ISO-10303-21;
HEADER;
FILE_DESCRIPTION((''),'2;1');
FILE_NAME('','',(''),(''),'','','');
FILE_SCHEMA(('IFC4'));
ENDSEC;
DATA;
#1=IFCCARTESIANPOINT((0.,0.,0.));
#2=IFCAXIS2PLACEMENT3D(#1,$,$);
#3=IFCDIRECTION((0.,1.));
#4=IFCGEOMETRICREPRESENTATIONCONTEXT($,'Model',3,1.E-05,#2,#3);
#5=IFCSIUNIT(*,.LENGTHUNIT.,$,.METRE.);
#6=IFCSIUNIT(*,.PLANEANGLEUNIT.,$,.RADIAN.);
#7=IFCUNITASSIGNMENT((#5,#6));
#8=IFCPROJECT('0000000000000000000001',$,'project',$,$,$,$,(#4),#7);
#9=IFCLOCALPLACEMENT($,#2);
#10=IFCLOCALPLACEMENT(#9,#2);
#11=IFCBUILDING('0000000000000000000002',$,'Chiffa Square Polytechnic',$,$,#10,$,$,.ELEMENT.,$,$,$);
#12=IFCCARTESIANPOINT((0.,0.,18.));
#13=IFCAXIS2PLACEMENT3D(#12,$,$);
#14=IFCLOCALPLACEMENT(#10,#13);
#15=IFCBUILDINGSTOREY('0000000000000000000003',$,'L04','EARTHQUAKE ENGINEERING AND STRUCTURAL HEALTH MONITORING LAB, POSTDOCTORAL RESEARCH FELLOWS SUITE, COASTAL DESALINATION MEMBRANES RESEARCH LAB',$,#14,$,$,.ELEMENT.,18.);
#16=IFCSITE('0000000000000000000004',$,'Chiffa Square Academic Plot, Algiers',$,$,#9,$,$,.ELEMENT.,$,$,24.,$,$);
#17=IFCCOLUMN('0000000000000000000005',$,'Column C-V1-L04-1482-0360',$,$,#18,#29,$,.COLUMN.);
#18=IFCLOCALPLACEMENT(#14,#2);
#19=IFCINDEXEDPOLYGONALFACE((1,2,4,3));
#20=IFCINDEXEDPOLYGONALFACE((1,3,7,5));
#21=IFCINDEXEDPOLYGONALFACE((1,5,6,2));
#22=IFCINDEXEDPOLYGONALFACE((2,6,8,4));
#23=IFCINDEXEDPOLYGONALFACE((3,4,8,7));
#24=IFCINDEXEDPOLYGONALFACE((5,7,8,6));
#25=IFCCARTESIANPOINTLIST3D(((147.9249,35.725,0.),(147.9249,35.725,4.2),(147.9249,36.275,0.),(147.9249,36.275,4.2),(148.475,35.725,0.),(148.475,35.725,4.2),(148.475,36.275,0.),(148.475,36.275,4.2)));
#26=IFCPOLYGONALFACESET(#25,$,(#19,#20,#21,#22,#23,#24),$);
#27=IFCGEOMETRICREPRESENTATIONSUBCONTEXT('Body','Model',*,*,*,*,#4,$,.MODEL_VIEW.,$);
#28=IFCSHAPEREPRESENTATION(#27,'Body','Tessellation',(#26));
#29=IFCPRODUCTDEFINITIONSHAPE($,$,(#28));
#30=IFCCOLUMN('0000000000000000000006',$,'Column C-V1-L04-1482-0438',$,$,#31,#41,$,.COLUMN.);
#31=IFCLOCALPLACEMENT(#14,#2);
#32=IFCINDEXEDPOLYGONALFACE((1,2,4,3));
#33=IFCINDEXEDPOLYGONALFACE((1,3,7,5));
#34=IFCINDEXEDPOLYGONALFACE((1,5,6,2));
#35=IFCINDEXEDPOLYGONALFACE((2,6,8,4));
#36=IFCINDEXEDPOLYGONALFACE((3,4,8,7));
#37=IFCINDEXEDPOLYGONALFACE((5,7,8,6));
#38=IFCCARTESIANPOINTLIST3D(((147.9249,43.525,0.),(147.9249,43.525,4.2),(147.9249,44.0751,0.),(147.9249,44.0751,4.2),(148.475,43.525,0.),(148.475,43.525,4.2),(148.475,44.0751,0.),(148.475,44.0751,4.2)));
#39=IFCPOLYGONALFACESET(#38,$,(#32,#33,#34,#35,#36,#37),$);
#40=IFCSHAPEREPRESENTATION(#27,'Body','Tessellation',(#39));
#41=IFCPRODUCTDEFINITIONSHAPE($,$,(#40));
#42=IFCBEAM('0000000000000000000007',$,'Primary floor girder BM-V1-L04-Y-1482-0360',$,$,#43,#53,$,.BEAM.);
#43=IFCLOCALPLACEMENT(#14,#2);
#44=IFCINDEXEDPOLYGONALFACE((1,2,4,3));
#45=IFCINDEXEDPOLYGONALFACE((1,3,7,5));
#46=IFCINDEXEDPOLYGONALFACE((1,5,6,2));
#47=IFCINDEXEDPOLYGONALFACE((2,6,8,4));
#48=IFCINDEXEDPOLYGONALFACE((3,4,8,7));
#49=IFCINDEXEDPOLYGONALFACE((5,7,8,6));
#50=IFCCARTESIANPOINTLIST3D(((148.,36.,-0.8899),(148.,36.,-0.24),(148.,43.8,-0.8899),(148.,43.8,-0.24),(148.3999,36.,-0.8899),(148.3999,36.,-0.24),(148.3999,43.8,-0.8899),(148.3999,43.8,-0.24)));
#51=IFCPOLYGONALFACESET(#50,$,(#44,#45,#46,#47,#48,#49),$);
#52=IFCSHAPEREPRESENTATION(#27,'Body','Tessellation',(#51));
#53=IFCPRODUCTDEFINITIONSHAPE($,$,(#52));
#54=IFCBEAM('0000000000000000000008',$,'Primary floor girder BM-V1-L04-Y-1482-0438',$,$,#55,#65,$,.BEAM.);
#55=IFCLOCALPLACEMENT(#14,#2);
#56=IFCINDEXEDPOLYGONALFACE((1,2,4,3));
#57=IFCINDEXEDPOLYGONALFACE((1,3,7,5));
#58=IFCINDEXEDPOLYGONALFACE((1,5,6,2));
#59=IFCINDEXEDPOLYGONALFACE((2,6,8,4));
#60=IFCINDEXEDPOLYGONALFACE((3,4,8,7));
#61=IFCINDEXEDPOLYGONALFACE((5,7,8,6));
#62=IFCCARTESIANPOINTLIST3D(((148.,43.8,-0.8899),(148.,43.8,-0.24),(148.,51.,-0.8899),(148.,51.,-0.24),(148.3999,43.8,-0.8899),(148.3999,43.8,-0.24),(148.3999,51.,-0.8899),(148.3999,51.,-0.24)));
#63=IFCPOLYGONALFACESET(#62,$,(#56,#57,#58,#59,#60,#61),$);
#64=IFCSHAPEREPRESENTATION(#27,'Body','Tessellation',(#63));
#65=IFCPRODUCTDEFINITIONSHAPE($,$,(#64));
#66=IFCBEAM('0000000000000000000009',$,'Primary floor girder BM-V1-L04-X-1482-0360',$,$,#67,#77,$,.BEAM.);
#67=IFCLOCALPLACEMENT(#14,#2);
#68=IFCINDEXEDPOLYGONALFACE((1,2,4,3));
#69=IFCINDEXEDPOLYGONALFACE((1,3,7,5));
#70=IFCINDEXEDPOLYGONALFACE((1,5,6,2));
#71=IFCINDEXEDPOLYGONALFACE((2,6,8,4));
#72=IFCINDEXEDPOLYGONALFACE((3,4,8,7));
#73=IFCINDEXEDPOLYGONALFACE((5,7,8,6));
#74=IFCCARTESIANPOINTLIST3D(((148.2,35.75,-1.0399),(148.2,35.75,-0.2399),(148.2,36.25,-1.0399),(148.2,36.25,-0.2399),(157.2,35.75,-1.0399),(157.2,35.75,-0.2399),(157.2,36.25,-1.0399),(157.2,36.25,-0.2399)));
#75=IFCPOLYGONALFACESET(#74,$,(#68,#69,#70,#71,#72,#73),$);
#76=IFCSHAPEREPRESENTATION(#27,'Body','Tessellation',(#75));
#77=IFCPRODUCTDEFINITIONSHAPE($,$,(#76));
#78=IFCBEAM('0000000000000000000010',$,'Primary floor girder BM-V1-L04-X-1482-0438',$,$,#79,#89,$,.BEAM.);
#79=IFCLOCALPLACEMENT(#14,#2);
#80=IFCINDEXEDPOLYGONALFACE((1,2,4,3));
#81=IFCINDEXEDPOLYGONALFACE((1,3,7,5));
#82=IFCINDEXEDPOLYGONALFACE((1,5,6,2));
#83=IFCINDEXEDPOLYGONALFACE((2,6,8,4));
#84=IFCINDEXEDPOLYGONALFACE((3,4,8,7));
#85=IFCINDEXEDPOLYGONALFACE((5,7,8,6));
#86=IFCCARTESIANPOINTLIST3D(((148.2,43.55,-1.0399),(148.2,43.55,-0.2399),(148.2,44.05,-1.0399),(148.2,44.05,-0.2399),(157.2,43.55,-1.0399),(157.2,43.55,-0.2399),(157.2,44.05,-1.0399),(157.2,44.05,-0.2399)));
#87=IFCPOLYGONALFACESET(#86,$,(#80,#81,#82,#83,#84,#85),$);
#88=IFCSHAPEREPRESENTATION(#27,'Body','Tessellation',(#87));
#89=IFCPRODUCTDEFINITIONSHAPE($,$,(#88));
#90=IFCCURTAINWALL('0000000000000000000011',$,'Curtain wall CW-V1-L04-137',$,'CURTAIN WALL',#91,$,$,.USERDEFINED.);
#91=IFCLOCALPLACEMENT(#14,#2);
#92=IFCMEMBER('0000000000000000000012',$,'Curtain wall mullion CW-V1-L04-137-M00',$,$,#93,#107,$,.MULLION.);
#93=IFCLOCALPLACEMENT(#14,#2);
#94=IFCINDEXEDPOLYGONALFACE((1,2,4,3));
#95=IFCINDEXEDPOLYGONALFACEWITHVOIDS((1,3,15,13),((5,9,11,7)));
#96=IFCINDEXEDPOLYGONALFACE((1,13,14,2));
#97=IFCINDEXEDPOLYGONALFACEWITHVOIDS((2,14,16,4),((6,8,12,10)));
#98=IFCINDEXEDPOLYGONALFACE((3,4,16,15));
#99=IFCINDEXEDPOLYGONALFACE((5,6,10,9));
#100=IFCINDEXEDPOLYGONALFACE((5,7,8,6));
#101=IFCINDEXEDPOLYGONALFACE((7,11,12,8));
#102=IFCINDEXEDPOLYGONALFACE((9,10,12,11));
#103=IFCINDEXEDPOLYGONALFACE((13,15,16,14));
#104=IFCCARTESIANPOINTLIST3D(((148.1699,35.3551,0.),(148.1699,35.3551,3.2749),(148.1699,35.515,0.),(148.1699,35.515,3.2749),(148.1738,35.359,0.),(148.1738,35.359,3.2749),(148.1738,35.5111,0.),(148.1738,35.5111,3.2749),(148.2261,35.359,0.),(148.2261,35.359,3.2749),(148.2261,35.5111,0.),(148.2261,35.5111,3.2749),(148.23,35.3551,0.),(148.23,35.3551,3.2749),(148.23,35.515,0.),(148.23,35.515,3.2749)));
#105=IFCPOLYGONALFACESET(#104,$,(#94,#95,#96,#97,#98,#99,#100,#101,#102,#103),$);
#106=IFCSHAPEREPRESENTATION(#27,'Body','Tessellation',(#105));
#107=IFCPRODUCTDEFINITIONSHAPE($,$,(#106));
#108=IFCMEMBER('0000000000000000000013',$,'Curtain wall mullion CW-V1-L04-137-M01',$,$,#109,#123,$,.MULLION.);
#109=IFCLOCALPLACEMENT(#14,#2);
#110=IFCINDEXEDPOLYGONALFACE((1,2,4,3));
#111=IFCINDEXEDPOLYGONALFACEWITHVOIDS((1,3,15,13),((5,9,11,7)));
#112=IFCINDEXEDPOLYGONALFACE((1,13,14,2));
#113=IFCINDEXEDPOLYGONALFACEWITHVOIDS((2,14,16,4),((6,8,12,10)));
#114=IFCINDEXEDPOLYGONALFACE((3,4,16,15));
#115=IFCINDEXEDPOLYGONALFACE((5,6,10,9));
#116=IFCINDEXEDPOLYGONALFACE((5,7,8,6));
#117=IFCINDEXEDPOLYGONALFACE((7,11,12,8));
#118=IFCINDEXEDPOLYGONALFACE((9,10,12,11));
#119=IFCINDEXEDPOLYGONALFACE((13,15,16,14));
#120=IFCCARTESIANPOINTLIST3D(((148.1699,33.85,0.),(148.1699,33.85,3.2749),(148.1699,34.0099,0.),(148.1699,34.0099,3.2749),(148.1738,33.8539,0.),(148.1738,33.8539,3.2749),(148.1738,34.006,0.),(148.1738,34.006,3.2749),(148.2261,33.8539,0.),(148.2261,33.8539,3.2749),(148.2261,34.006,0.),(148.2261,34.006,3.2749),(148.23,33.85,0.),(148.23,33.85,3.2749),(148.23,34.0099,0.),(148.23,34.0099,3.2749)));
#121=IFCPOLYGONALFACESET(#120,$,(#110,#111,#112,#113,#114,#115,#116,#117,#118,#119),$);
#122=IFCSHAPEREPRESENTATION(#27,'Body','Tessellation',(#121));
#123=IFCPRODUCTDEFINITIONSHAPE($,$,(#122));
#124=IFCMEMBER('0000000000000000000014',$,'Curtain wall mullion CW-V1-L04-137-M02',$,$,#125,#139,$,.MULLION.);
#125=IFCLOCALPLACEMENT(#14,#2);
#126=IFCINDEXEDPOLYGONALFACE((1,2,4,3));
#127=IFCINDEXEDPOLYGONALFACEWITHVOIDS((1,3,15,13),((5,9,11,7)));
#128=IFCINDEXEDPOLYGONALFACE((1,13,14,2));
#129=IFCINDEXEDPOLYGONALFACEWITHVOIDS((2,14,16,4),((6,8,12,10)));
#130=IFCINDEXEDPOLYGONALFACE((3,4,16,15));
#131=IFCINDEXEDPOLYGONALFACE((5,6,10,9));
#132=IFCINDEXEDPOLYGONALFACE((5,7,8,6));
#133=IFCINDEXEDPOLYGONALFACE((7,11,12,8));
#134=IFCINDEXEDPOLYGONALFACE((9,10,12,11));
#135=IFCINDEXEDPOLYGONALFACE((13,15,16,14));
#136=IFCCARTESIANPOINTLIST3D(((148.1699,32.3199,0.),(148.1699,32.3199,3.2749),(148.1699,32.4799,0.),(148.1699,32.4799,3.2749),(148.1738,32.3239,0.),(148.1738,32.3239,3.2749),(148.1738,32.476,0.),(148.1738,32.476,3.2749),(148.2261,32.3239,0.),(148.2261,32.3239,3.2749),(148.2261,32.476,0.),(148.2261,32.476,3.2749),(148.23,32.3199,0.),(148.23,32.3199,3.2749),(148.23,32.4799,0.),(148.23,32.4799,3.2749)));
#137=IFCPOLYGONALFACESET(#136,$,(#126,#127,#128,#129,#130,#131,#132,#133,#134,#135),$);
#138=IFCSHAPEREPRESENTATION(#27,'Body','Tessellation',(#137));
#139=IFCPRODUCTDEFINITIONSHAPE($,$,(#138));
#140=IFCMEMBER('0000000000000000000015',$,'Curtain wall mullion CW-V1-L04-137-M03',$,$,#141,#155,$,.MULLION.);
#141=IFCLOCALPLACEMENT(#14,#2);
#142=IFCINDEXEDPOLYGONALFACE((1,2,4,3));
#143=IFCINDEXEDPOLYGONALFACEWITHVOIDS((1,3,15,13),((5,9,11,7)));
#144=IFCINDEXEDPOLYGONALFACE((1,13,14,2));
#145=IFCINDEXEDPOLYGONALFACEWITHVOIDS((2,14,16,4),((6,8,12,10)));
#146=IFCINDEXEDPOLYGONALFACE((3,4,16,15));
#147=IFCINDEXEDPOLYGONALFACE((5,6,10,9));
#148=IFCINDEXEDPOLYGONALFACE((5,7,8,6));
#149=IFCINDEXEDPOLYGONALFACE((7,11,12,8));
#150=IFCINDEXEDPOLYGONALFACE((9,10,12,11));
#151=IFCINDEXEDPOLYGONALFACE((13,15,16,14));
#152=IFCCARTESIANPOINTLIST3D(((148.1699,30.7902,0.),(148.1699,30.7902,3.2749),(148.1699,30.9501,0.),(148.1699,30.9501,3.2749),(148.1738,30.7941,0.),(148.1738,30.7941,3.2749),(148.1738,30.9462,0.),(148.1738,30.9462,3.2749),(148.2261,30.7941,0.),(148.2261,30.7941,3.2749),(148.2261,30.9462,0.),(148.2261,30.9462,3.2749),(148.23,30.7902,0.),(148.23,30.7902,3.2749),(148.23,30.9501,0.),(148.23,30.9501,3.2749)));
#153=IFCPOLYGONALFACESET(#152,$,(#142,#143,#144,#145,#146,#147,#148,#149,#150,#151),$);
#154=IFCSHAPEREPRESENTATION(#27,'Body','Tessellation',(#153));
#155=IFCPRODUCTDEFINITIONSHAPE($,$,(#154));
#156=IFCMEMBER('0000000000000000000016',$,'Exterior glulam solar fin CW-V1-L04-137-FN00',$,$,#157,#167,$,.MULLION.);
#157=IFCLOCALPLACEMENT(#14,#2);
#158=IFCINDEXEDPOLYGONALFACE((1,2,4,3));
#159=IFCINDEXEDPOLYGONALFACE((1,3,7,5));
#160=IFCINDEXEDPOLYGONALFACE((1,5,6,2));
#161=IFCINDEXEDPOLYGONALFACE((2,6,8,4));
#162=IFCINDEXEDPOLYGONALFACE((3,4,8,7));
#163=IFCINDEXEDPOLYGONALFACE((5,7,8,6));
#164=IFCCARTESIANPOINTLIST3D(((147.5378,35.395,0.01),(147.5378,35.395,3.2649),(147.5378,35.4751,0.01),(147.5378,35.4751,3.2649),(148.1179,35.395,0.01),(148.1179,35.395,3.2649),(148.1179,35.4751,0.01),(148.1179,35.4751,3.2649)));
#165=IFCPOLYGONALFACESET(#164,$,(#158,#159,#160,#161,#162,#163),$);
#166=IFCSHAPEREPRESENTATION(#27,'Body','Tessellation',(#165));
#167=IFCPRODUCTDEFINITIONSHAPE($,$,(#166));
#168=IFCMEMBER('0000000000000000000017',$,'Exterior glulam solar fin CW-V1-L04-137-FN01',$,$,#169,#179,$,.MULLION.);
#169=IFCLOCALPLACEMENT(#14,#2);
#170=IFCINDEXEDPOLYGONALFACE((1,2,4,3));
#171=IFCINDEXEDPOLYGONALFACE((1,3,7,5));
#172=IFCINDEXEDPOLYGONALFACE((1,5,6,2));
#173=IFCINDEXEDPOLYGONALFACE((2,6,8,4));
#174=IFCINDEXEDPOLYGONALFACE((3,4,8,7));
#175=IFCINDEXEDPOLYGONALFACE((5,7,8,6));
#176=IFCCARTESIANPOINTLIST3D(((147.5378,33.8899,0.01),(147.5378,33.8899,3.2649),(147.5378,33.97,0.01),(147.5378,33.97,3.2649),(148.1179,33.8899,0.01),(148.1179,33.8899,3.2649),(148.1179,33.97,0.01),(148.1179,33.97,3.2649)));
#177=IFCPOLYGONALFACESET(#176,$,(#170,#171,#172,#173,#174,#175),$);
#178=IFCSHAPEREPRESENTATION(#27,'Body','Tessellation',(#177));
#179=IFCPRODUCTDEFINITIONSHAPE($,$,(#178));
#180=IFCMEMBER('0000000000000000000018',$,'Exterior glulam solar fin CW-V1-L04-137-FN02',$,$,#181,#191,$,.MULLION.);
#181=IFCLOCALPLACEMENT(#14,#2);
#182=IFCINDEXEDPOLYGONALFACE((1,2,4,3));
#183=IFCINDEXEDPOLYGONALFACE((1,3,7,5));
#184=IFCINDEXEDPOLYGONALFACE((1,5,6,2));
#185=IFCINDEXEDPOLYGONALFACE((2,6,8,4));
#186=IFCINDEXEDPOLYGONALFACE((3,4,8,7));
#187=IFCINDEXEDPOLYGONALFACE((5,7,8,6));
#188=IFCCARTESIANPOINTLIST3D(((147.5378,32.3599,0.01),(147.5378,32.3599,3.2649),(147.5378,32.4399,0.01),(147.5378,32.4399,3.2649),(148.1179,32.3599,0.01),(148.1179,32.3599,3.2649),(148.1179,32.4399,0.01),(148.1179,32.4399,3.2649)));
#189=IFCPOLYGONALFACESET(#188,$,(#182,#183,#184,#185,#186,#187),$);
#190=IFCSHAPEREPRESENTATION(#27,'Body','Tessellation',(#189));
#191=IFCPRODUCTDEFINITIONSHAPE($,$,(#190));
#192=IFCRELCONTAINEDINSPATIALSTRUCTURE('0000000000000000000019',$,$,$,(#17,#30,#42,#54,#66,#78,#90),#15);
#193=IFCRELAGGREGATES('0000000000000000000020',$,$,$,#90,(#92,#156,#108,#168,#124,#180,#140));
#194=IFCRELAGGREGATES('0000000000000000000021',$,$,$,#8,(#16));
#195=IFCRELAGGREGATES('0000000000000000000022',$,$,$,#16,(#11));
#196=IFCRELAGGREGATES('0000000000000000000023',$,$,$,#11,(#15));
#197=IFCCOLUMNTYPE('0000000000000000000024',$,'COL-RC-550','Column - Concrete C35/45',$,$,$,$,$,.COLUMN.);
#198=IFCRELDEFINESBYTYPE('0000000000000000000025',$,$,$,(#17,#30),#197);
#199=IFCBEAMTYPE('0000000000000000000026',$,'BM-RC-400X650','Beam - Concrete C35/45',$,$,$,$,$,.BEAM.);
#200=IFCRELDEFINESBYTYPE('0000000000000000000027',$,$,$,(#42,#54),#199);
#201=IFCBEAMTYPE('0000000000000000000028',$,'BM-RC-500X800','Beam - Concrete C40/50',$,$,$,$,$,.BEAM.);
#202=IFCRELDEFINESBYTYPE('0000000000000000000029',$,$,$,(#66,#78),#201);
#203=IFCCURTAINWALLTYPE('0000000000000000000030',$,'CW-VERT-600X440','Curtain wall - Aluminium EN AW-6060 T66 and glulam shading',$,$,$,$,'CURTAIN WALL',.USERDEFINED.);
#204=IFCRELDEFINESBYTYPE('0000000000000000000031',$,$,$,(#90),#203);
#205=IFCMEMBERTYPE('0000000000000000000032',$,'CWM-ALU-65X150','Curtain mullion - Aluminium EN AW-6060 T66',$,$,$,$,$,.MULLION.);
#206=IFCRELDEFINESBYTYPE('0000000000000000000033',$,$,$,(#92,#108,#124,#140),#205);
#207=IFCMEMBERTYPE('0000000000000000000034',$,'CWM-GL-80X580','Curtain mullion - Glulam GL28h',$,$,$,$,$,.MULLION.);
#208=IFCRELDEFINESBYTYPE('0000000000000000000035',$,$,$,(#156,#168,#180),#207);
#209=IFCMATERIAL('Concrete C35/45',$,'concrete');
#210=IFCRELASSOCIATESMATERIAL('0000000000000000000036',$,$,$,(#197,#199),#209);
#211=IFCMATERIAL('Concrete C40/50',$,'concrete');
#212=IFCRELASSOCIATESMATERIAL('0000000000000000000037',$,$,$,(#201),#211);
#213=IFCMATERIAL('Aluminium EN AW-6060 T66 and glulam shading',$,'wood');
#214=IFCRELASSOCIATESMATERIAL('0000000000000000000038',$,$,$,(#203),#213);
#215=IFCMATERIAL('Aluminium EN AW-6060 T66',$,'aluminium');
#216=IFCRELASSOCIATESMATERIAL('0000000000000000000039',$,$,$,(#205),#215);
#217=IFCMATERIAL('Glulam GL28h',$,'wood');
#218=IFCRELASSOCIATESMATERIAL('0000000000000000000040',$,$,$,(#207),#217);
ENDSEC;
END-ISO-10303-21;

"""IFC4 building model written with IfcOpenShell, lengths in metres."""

from ifc_helpers import new_model, si_unit, direction, frame, origin, origin_2d, place, context, subcontext, project, spatial, rectangle, hollow_rectangle, extrude, material, material_profile, profile_set, type_object, element, aggregate, save


model = new_model("IFC4")

# Units and contexts
model_context = context("Model", 3, precision=1e-05, world=origin(), true_north=direction((0.0, 1.0)))
body_context = subcontext(model_context, "Body", "Model", "MODEL_VIEW")
ifc_project = project(units=[si_unit("LENGTHUNIT", "METRE"), si_unit("PLANEANGLEUNIT", "RADIAN")], contexts=[model_context])

# Site, building, storey
site_placement = place(None, origin())
site = spatial("IfcSite", under=ifc_project, at=site_placement, Name="Chiffa Square Academic Plot, Algiers", CompositionType="ELEMENT", RefElevation=24.0)
building_placement = place(site_placement, origin())
building = spatial("IfcBuilding", under=site, at=building_placement, Name="Chiffa Square Polytechnic", CompositionType="ELEMENT")
storey_placement = place(building_placement, frame((0.0, 0.0, 18.0)))
storey = spatial("IfcBuildingStorey", under=building, at=storey_placement, Name="L04", Description="EARTHQUAKE ENGINEERING AND STRUCTURAL HEALTH MONITORING LAB, POSTDOCTORAL RESEARCH FELLOWS SUITE, COASTAL DESALINATION MEMBRANES RESEARCH LAB", CompositionType="ELEMENT", Elevation=18.0)

# Columns
ifc_material_1 = material(Name="Concrete C35/45", Category="concrete")
ifc_material_profile_1 = material_profile(ifc_material_1, rectangle(XDim=0.55, YDim=0.55, at=origin_2d()), Name="RC 550x550")
ifc_profile_set_1 = profile_set([ifc_material_profile_1], Name="Concrete C35/45")
column_type = type_object("IfcColumnType", Name="COL-RC-550", Description="Column - Concrete C35/45", PredefinedType="COLUMN", material=ifc_profile_set_1)
for number, where, z_axis, x_axis, name in (
    (1, (148.2, 36.0, 0.0), (0.0, 0.0, 1.0), (1.0, 0.0, 0.0), "Column C-V1-L04-1482-0360"),
    (2, (148.2, 43.8, 0.0), (0.0, 0.0, 1.0), (1.0, 0.0, 0.0), "Column C-V1-L04-1482-0438"),
):
    element("IfcColumn", number, at=place(storey_placement, frame(where, z_axis=z_axis, x_axis=x_axis)), inside=storey, type_object=column_type, Name=name, PredefinedType="COLUMN", context=body_context, shape_type="SweptSolid", body=[
        extrude(rectangle(XDim=0.55, YDim=0.55, at=origin_2d()), origin(), (0.0, 0.0, 1.0), 4.2),
    ])

# Beams
ifc_material_profile_2 = material_profile(ifc_material_1, rectangle(XDim=0.3999, YDim=0.6499, at=origin_2d()), Name="RC 400x650")
ifc_profile_set_2 = profile_set([ifc_material_profile_2], Name="Concrete C35/45")
beam_type_1 = type_object("IfcBeamType", Name="BM-RC-400X650", Description="Beam - Concrete C35/45", PredefinedType="BEAM", material=ifc_profile_set_2)
beam_1_placement = place(storey_placement, frame((148.2, 36.0, -0.5649), z_axis=(0.0, 1.0, 0.0), x_axis=(-1.0, 0.0, 0.0)))
element("IfcBeam", 3, at=beam_1_placement, inside=storey, type_object=beam_type_1, Name="Primary floor girder BM-V1-L04-Y-1482-0360", PredefinedType="BEAM", context=body_context, shape_type="SweptSolid", body=[
    extrude(rectangle(XDim=0.3999, YDim=0.6499, at=origin_2d()), origin(), (0.0, 0.0, 1.0), 7.8),
])
beam_2_placement = place(storey_placement, frame((148.2, 43.8, -0.5649), z_axis=(0.0, 1.0, 0.0), x_axis=(-1.0, 0.0, 0.0)))
element("IfcBeam", 4, at=beam_2_placement, inside=storey, type_object=beam_type_1, Name="Primary floor girder BM-V1-L04-Y-1482-0438", PredefinedType="BEAM", context=body_context, shape_type="SweptSolid", body=[
    extrude(rectangle(XDim=0.3999, YDim=0.6499, at=origin_2d()), origin(), (0.0, 0.0, 1.0), 7.2),
])
ifc_material_2 = material(Name="Concrete C40/50", Category="concrete")
ifc_material_profile_3 = material_profile(ifc_material_2, rectangle(XDim=0.5, YDim=0.8, at=origin_2d()), Name="RC 500x800")
ifc_profile_set_3 = profile_set([ifc_material_profile_3], Name="Concrete C40/50")
beam_type_2 = type_object("IfcBeamType", Name="BM-RC-500X800", Description="Beam - Concrete C40/50", PredefinedType="BEAM", material=ifc_profile_set_3)
for number, where, z_axis, x_axis, name in (
    (5, (148.2, 36.0, -0.6399), (1.0, 0.0, 0.0), (0.0, 1.0, 0.0), "Primary floor girder BM-V1-L04-X-1482-0360"),
    (6, (148.2, 43.8, -0.6399), (1.0, 0.0, 0.0), (0.0, 1.0, 0.0), "Primary floor girder BM-V1-L04-X-1482-0438"),
):
    element("IfcBeam", number, at=place(storey_placement, frame(where, z_axis=z_axis, x_axis=x_axis)), inside=storey, type_object=beam_type_2, Name=name, PredefinedType="BEAM", context=body_context, shape_type="SweptSolid", body=[
        extrude(rectangle(XDim=0.5, YDim=0.8, at=origin_2d()), origin(), (0.0, 0.0, 1.0), 9.0),
    ])

# Curtain wall, members
ifc_material_3 = material(Name="Aluminium EN AW-6060 T66 and glulam shading", Category="wood")
curtain_wall_type = type_object("IfcCurtainWallType", Name="CW-VERT-600X440", Description="Curtain wall - Aluminium EN AW-6060 T66 and glulam shading", ElementType="CURTAIN WALL", PredefinedType="USERDEFINED", material=ifc_material_3)
curtain_wall_placement = place(storey_placement, origin())
curtain_wall = element("IfcCurtainWall", 7, at=curtain_wall_placement, inside=storey, type_object=curtain_wall_type, Name="Curtain wall CW-V1-L04-137", ObjectType="CURTAIN WALL", PredefinedType="USERDEFINED")
ifc_material_4 = material(Name="Aluminium EN AW-6060 T66", Category="aluminium")
ifc_material_profile_4 = material_profile(ifc_material_4, hollow_rectangle(XDim=0.0601, YDim=0.1599, WallThickness=0.0039, at=origin_2d()), Name="ALU 60x160x4")
ifc_profile_set_4 = profile_set([ifc_material_profile_4], Name="Aluminium EN AW-6060 T66")
member_type_1 = type_object("IfcMemberType", Name="CWM-ALU-65X150", Description="Curtain mullion - Aluminium EN AW-6060 T66", PredefinedType="MULLION", material=ifc_profile_set_4)
member_1_placement = place(storey_placement, frame((148.2, 35.4351, 0.0), z_axis=(0.0, 0.0, 1.0), x_axis=(1.0, 0.0, 0.0)))
member_1 = element("IfcMember", 8, at=member_1_placement, type_object=member_type_1, Name="Curtain wall mullion CW-V1-L04-137-M00", PredefinedType="MULLION", context=body_context, shape_type="SweptSolid", body=[
    extrude(hollow_rectangle(XDim=0.0601, YDim=0.1599, WallThickness=0.0039, at=origin_2d()), origin(), (0.0, 0.0, 1.0), 3.2749),
])
member_2_placement = place(storey_placement, frame((148.2, 33.9299, 0.0), z_axis=(0.0, 0.0, 1.0), x_axis=(1.0, 0.0, 0.0)))
member_2 = element("IfcMember", 9, at=member_2_placement, type_object=member_type_1, Name="Curtain wall mullion CW-V1-L04-137-M01", PredefinedType="MULLION", context=body_context, shape_type="SweptSolid", body=[
    extrude(hollow_rectangle(XDim=0.0601, YDim=0.1599, WallThickness=0.0039, at=origin_2d()), origin(), (0.0, 0.0, 1.0), 3.2749),
])
member_3_placement = place(storey_placement, frame((148.2, 32.3999, 0.0), z_axis=(0.0, 0.0, 1.0), x_axis=(1.0, 0.0, 0.0)))
member_3 = element("IfcMember", 10, at=member_3_placement, type_object=member_type_1, Name="Curtain wall mullion CW-V1-L04-137-M02", PredefinedType="MULLION", context=body_context, shape_type="SweptSolid", body=[
    extrude(hollow_rectangle(XDim=0.0601, YDim=0.1599, WallThickness=0.0039, at=origin_2d()), origin(), (0.0, 0.0, 1.0), 3.2749),
])
member_4_placement = place(storey_placement, frame((148.2, 30.8701, 0.0), z_axis=(0.0, 0.0, 1.0), x_axis=(1.0, 0.0, 0.0)))
member_4 = element("IfcMember", 11, at=member_4_placement, type_object=member_type_1, Name="Curtain wall mullion CW-V1-L04-137-M03", PredefinedType="MULLION", context=body_context, shape_type="SweptSolid", body=[
    extrude(hollow_rectangle(XDim=0.0601, YDim=0.1599, WallThickness=0.0039, at=origin_2d()), origin(), (0.0, 0.0, 1.0), 3.2749),
])
ifc_material_5 = material(Name="Glulam GL28h", Category="wood")
ifc_material_profile_5 = material_profile(ifc_material_5, rectangle(XDim=0.0801, YDim=0.5801, at=origin_2d()), Name="GL28h 80x580")
ifc_profile_set_5 = profile_set([ifc_material_profile_5], Name="Glulam GL28h")
member_type_2 = type_object("IfcMemberType", Name="CWM-GL-80X580", Description="Curtain mullion - Glulam GL28h", PredefinedType="MULLION", material=ifc_profile_set_5)
member_5_placement = place(storey_placement, frame((147.8279, 35.4351, 0.01), z_axis=(0.0, 0.0, 1.0), x_axis=(0.0, -1.0, 0.0)))
member_5 = element("IfcMember", 12, at=member_5_placement, type_object=member_type_2, Name="Exterior glulam solar fin CW-V1-L04-137-FN00", PredefinedType="MULLION", context=body_context, shape_type="SweptSolid", body=[
    extrude(rectangle(XDim=0.0801, YDim=0.5801, at=origin_2d()), origin(), (0.0, 0.0, 1.0), 3.2549),
])
member_6_placement = place(storey_placement, frame((147.8279, 33.9299, 0.01), z_axis=(0.0, 0.0, 1.0), x_axis=(0.0, -1.0, 0.0)))
member_6 = element("IfcMember", 13, at=member_6_placement, type_object=member_type_2, Name="Exterior glulam solar fin CW-V1-L04-137-FN01", PredefinedType="MULLION", context=body_context, shape_type="SweptSolid", body=[
    extrude(rectangle(XDim=0.0801, YDim=0.5801, at=origin_2d()), origin(), (0.0, 0.0, 1.0), 3.2549),
])
member_7_placement = place(storey_placement, frame((147.8279, 32.3999, 0.01), z_axis=(0.0, 0.0, 1.0), x_axis=(0.0, -1.0, 0.0)))
member_7 = element("IfcMember", 14, at=member_7_placement, type_object=member_type_2, Name="Exterior glulam solar fin CW-V1-L04-137-FN02", PredefinedType="MULLION", context=body_context, shape_type="SweptSolid", body=[
    extrude(rectangle(XDim=0.0801, YDim=0.5801, at=origin_2d()), origin(), (0.0, 0.0, 1.0), 3.2549),
])

aggregate(curtain_wall, [member_1, member_5, member_2, member_6, member_3, member_7, member_4])

save(model, "model.ifc")
